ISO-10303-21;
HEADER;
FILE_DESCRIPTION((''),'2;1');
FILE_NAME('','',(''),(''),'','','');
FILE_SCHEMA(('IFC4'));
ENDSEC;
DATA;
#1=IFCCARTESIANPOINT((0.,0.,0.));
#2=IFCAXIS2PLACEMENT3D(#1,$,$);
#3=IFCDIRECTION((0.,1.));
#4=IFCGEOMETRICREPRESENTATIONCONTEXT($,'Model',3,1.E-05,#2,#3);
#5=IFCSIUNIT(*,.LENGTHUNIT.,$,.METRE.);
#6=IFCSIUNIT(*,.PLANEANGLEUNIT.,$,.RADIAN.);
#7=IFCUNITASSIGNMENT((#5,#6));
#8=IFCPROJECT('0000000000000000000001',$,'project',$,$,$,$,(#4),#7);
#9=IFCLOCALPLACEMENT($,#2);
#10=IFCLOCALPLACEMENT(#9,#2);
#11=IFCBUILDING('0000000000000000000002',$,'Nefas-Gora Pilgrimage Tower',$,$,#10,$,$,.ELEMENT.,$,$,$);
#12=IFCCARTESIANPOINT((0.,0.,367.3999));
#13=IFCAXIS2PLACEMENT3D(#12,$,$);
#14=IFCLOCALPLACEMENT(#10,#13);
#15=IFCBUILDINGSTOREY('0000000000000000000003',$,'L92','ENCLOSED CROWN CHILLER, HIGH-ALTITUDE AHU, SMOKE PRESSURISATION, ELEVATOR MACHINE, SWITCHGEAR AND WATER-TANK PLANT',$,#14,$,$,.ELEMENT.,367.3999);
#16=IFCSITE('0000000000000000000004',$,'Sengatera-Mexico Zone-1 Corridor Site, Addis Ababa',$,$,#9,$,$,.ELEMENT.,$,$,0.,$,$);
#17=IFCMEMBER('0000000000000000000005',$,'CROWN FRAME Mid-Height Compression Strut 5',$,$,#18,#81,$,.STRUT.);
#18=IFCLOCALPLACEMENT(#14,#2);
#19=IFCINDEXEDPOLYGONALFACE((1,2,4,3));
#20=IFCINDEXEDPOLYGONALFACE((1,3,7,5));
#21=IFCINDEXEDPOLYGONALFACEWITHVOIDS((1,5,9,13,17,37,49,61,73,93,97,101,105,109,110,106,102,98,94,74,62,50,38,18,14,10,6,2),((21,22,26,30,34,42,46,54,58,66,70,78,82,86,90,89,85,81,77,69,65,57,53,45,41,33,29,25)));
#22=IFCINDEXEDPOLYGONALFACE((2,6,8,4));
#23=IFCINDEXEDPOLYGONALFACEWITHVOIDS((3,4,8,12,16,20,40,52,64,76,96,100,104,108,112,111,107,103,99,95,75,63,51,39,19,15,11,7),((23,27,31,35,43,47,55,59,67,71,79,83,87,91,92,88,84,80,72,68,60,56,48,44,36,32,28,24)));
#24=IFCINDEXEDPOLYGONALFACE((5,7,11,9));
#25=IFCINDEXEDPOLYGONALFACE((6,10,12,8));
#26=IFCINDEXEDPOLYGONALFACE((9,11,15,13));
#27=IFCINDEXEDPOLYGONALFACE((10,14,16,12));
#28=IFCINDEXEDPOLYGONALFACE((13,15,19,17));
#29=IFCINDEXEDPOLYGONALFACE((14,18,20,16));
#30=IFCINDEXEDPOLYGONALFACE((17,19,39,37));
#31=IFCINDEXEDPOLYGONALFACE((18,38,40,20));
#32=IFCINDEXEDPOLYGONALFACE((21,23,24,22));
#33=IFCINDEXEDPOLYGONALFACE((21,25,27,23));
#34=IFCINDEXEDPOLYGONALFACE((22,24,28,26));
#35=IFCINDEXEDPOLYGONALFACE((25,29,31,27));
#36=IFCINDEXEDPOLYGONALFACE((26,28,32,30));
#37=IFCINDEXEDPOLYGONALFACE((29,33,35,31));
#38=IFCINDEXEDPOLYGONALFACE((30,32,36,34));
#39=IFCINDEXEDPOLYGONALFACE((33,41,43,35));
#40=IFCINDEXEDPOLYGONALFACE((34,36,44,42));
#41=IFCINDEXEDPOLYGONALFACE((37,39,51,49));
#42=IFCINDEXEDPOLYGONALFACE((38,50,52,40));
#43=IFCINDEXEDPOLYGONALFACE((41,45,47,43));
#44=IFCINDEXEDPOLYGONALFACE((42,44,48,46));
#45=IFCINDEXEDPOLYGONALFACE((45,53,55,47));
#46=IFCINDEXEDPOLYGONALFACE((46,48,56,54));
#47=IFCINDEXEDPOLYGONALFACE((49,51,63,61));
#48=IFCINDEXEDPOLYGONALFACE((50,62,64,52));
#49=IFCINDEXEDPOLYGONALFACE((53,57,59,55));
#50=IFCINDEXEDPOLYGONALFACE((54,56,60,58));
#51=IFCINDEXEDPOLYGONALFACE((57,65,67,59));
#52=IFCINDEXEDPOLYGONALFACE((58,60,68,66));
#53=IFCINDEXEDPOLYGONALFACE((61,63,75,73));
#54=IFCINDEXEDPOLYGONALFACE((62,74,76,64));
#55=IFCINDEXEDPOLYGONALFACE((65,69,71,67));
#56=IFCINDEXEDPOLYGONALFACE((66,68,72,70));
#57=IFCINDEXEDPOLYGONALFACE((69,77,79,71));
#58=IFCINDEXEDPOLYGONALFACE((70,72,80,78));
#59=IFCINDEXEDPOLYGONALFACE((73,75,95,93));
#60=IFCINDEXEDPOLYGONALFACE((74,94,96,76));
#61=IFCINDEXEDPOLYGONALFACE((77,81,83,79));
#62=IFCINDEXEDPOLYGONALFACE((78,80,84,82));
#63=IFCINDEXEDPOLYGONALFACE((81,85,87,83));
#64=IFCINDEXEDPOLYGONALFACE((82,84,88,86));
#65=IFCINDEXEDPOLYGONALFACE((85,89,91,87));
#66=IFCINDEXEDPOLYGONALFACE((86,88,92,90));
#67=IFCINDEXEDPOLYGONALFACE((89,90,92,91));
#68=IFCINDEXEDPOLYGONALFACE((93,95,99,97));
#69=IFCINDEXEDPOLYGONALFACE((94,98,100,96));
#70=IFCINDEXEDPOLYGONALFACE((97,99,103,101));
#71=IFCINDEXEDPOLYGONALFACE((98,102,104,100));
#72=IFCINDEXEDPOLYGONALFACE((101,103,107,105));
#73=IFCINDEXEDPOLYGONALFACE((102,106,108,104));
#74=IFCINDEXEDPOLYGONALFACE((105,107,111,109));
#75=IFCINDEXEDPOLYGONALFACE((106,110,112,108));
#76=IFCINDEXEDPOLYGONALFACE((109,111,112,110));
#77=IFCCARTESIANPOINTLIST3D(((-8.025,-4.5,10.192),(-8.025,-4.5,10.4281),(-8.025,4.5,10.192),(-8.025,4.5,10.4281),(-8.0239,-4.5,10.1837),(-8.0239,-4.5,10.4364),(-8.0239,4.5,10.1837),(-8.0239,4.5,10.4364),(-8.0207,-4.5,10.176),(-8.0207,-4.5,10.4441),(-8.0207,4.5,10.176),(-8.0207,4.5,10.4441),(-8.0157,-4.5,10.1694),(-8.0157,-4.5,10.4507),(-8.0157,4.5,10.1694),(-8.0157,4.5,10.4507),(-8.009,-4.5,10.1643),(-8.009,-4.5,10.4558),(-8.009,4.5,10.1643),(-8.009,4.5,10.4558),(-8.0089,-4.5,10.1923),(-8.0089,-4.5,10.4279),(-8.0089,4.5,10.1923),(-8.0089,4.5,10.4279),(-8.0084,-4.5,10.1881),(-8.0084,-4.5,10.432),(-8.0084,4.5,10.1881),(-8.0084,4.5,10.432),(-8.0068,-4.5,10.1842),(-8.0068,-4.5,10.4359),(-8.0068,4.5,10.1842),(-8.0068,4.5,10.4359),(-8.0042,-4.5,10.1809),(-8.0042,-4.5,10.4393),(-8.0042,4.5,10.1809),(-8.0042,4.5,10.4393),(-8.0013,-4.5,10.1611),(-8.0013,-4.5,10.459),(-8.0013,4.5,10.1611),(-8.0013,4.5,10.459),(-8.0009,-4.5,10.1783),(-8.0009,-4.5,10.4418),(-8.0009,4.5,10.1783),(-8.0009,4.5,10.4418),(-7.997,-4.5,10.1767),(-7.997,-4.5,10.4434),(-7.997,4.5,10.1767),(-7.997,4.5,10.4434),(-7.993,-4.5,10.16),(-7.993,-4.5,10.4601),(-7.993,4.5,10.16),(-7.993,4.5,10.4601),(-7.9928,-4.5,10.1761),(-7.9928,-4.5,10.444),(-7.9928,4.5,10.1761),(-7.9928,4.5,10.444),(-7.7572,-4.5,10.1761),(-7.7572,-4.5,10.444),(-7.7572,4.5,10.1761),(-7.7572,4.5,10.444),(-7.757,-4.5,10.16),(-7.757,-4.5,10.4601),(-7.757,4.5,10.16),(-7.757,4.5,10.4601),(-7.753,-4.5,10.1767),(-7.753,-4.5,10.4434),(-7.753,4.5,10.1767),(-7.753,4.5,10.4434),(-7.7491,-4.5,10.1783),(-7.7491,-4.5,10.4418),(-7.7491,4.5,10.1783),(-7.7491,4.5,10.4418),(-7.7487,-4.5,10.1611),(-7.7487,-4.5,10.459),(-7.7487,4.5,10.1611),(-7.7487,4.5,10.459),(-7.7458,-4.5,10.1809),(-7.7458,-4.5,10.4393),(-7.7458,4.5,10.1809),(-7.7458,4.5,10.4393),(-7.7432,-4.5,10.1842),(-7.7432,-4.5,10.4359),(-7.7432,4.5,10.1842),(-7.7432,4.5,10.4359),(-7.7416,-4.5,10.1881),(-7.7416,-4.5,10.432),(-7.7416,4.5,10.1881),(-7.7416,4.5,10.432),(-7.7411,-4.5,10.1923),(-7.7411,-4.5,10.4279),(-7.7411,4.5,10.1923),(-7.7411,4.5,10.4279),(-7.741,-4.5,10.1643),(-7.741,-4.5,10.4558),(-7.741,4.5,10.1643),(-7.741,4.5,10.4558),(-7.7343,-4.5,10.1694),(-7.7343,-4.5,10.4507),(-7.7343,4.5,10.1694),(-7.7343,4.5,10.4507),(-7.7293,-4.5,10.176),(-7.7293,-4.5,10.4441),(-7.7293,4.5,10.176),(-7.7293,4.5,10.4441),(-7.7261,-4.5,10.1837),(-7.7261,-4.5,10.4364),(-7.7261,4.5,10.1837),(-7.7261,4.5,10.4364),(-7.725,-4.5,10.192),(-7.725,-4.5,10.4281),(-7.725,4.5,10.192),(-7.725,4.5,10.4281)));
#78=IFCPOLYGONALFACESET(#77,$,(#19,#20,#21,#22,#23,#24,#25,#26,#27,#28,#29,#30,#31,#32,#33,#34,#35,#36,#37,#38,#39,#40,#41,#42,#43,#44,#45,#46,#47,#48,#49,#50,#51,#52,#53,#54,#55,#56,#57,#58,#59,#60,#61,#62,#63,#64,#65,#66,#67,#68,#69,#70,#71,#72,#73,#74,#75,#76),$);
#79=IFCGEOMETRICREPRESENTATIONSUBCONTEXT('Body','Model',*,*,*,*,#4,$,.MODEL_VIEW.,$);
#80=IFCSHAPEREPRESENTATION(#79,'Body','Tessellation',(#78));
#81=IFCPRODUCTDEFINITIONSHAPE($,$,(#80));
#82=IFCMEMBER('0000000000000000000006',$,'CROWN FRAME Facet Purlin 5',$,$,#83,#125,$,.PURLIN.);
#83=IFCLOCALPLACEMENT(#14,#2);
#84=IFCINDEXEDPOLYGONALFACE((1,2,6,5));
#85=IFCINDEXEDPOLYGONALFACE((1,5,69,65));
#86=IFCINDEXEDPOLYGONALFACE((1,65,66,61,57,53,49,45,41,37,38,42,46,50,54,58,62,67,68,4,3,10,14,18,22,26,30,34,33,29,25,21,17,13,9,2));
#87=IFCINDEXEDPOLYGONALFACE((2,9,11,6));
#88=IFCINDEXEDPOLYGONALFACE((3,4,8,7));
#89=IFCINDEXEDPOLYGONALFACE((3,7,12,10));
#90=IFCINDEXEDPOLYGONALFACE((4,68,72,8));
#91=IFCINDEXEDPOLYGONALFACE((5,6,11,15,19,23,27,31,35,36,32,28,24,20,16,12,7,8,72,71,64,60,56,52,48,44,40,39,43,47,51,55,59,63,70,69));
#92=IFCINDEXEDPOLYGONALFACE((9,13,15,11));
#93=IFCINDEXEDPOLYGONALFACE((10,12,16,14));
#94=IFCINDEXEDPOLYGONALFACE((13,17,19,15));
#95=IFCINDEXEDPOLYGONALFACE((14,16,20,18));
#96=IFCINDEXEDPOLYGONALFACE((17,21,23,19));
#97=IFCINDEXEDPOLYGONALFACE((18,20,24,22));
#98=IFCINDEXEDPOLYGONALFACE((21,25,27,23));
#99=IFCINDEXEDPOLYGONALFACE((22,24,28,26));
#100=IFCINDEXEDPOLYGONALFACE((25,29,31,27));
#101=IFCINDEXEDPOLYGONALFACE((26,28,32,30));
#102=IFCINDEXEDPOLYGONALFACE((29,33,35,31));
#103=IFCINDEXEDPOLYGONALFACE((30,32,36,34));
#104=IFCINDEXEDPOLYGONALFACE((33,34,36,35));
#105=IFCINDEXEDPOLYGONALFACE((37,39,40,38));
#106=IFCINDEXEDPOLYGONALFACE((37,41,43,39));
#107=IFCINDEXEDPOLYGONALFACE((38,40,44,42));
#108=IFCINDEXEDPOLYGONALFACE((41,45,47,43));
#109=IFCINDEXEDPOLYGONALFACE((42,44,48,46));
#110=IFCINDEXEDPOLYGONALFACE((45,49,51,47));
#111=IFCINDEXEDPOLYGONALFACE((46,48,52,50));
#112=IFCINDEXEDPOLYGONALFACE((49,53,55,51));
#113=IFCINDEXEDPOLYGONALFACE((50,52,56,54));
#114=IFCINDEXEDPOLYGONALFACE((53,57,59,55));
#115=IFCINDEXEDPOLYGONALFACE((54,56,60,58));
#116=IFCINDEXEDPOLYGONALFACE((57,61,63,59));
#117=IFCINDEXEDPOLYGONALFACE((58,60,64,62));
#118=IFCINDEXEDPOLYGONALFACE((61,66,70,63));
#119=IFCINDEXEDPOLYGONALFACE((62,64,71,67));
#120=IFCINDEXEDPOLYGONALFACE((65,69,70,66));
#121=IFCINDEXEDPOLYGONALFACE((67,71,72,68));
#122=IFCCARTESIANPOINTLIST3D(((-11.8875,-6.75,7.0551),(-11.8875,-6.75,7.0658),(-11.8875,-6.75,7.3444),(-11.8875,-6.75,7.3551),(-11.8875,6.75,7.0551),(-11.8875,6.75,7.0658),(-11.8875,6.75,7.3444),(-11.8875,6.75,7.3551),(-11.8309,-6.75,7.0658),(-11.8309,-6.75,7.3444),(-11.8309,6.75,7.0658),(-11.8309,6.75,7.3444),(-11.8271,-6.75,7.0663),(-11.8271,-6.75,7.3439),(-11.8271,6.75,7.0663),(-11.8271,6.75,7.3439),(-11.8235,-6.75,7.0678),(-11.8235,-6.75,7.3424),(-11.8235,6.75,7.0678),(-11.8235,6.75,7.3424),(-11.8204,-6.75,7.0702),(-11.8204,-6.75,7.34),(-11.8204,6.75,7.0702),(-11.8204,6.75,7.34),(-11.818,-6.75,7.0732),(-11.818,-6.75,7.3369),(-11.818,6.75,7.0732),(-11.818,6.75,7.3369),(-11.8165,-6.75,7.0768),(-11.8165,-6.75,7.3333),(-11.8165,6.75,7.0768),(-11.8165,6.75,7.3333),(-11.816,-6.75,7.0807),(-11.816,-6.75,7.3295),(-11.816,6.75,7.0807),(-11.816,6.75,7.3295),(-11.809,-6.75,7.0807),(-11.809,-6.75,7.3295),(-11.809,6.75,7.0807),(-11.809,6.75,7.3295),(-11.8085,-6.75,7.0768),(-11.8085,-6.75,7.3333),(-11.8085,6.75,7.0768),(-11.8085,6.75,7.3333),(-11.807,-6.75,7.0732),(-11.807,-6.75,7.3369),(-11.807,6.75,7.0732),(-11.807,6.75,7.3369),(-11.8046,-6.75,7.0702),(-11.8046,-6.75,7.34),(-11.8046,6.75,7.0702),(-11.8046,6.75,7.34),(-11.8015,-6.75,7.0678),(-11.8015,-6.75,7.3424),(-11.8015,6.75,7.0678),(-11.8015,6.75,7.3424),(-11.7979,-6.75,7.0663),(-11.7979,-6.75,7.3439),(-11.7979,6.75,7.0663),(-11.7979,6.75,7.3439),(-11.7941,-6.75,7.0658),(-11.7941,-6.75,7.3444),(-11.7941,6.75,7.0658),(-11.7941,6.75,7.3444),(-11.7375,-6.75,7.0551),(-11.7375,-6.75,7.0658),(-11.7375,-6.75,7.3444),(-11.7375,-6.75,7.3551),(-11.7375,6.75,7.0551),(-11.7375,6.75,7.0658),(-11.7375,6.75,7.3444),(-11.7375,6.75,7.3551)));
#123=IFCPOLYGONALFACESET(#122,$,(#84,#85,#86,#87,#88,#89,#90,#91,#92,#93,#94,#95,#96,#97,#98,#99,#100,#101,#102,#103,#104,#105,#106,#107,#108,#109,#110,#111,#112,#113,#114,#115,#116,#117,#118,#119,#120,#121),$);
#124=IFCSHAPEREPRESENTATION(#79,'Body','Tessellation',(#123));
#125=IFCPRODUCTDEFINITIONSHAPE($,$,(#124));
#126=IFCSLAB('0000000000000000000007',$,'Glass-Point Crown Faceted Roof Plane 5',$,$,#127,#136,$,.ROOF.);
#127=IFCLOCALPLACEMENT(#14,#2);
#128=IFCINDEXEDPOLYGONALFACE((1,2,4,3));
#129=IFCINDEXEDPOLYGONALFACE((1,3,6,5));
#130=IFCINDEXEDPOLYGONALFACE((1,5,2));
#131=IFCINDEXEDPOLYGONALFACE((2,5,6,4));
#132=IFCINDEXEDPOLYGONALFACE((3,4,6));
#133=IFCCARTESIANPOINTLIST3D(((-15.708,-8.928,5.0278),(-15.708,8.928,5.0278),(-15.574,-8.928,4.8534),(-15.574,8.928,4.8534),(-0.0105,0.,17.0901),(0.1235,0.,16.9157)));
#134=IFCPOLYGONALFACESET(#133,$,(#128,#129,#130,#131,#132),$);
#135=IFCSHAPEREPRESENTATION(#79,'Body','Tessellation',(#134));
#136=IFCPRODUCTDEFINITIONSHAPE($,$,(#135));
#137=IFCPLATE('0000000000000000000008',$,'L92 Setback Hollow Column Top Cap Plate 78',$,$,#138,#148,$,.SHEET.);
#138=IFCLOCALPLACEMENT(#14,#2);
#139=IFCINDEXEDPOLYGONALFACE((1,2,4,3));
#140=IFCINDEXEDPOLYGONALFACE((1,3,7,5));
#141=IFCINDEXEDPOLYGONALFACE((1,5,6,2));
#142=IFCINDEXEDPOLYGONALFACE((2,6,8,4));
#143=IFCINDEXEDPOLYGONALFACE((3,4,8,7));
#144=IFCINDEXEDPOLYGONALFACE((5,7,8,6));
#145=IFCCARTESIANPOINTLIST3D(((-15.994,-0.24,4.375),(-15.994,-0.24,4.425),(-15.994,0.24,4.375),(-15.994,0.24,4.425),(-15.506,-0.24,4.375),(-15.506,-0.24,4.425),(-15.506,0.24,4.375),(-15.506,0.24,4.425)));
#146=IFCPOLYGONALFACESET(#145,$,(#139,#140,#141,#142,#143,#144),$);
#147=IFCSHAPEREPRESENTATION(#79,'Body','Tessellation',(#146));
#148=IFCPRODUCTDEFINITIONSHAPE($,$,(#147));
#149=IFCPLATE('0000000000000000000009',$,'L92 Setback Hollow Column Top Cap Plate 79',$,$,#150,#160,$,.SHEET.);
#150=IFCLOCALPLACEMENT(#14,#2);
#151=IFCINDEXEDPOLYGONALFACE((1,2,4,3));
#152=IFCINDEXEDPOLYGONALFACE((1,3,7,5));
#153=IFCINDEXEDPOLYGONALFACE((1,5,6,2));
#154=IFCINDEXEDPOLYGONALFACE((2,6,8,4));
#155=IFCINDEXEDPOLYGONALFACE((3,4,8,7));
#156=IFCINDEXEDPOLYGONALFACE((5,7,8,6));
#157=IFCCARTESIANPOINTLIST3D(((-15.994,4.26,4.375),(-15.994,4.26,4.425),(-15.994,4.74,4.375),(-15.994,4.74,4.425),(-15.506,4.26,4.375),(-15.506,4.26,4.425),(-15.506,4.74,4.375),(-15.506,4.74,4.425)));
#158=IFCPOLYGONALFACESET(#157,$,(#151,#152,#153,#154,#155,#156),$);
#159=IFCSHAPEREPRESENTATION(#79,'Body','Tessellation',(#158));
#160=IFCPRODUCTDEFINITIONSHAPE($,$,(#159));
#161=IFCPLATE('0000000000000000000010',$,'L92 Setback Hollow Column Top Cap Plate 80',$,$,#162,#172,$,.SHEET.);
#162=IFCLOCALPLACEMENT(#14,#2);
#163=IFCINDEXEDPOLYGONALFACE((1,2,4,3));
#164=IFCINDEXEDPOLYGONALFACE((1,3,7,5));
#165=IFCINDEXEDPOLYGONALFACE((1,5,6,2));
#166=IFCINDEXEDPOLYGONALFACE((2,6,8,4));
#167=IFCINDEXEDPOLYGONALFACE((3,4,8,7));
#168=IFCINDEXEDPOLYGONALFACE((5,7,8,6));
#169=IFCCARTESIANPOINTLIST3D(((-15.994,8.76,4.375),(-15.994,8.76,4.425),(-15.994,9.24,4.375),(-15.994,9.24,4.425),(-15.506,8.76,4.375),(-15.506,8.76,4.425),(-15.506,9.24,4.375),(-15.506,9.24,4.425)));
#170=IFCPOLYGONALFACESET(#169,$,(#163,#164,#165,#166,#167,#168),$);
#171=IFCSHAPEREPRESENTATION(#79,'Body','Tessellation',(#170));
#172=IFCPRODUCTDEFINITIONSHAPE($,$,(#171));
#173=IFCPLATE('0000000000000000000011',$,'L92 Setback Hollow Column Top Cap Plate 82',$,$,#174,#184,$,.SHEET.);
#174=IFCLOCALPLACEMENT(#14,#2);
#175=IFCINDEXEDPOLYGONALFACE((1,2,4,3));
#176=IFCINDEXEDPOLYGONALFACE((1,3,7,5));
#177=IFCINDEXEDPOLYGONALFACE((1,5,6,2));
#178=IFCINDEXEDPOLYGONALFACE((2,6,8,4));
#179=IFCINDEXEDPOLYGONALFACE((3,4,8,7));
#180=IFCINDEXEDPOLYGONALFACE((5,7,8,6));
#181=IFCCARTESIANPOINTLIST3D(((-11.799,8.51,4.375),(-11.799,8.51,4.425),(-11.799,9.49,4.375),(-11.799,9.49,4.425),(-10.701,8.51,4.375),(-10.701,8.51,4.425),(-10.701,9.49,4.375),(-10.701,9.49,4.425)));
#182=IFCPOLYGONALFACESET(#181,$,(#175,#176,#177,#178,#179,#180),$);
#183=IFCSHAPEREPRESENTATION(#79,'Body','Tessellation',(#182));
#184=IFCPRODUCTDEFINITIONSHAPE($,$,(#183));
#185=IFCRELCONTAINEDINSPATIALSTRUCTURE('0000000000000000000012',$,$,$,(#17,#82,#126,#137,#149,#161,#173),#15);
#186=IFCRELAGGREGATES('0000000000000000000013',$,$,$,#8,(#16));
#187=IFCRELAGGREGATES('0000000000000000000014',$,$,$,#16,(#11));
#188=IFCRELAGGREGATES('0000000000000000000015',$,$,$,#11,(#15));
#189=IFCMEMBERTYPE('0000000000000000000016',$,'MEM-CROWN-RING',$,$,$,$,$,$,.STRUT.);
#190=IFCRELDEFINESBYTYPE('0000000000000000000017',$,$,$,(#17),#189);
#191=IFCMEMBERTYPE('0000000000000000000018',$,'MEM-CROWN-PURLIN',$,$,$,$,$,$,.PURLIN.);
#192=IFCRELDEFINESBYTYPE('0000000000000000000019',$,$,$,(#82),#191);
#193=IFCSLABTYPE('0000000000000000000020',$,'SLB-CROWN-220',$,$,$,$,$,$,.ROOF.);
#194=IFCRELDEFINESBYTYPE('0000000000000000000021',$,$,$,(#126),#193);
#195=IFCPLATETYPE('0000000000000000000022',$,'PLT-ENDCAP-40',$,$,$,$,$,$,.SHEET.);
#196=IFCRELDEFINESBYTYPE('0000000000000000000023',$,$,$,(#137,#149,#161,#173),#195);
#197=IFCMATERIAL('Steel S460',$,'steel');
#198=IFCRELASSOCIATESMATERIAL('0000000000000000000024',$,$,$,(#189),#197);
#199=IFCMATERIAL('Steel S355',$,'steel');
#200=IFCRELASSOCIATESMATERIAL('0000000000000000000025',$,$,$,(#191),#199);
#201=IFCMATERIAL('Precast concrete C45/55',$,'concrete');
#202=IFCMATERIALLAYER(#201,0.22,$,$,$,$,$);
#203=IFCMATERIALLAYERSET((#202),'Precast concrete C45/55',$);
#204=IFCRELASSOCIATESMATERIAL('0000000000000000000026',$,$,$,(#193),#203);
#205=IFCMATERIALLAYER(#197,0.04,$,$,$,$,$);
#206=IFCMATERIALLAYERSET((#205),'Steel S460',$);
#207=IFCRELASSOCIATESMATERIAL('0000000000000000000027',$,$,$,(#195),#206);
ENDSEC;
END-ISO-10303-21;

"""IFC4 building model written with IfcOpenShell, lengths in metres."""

from ifc_helpers import new_model, si_unit, direction, frame, origin, origin_2d, place, context, subcontext, project, spatial, polyline, rectangle, hollow_rectangle, i_section, outline, extrude, source, transform, mapped, material, layer, layer_set, material_profile, profile_set, type_object, element, save


model = new_model("IFC4")

# Units and contexts
model_context = context("Model", 3, precision=1e-05, world=origin(), true_north=direction((0.0, 1.0)))
body_context = subcontext(model_context, "Body", "Model", "MODEL_VIEW")
ifc_project = project(units=[si_unit("LENGTHUNIT", "METRE"), si_unit("PLANEANGLEUNIT", "RADIAN")], contexts=[model_context])

# Site, building, storey
site_placement = place(None, origin())
site = spatial("IfcSite", under=ifc_project, at=site_placement, Name="Sengatera-Mexico Zone-1 Corridor Site, Addis Ababa", CompositionType="ELEMENT", RefElevation=0.0)
building_placement = place(site_placement, origin())
building = spatial("IfcBuilding", under=site, at=building_placement, Name="Nefas-Gora Pilgrimage Tower", CompositionType="ELEMENT")
storey_placement = place(building_placement, frame((0.0, 0.0, 367.3999)))
storey = spatial("IfcBuildingStorey", under=building, at=storey_placement, Name="L92", Description="ENCLOSED CROWN CHILLER, HIGH-ALTITUDE AHU, SMOKE PRESSURISATION, ELEVATOR MACHINE, SWITCHGEAR AND WATER-TANK PLANT", CompositionType="ELEMENT", Elevation=367.3999)

# Shared definitions
ifc_material_1 = material(Name="Steel S355", Category="steel")

# Members
ifc_material_2 = material(Name="Steel S460", Category="steel")
ifc_material_profile_1 = material_profile(ifc_material_2, hollow_rectangle(XDim=0.3, YDim=0.3, WallThickness=0.0161, InnerFilletRadius=0.0161, OuterFilletRadius=0.032, at=origin_2d()), Name="SHS 300x300x16")
ifc_profile_set_1 = profile_set([ifc_material_profile_1], Name="Steel S460")
member_type_1 = type_object("IfcMemberType", Name="MEM-CROWN-RING", PredefinedType="STRUT", material=ifc_profile_set_1)
shared_shape_1 = source(origin(), body_context, "Body", "SweptSolid", [
    extrude(hollow_rectangle(XDim=0.3, YDim=0.3, WallThickness=0.0161, InnerFilletRadius=0.0161, OuterFilletRadius=0.032, at=origin_2d()), origin(), (0.0, 0.0, 1.0), 9.0),
])
member_1_placement = place(storey_placement, frame((-7.875, 4.5, 10.3101), z_axis=(0.0, -1.0, 0.0), x_axis=(1.0, 0.0, 0.0)))
element("IfcMember", 1, at=member_1_placement, inside=storey, type_object=member_type_1, Name="CROWN FRAME Mid-Height Compression Strut 5", PredefinedType="STRUT", context=body_context, shape_type="MappedRepresentation", body=[
    mapped(shared_shape_1, transform((0.0, 0.0, 0.0), x_axis=(1.0, 0.0, 0.0), y_axis=(0.0, 1.0, 0.0), z_axis=(0.0, 0.0, 1.0), scale=1.0)),
])
ifc_material_profile_2 = material_profile(ifc_material_1, i_section(OverallWidth=0.1499, OverallDepth=0.3, WebThickness=0.0071, FlangeThickness=0.0107, FilletRadius=0.0149, at=origin_2d()), Name="IPE 300")
ifc_profile_set_2 = profile_set([ifc_material_profile_2], Name="Steel S355")
member_type_2 = type_object("IfcMemberType", Name="MEM-CROWN-PURLIN", PredefinedType="PURLIN", material=ifc_profile_set_2)
shared_shape_2 = source(origin(), body_context, "Body", "SweptSolid", [
    extrude(i_section(OverallWidth=0.1499, OverallDepth=0.3, WebThickness=0.0071, FlangeThickness=0.0107, FilletRadius=0.0149, at=origin_2d()), origin(), (0.0, 0.0, 1.0), 13.5),
])
member_2_placement = place(storey_placement, frame((-11.8125, 6.75, 7.2051), z_axis=(0.0, -1.0, 0.0), x_axis=(1.0, 0.0, 0.0)))
element("IfcMember", 2, at=member_2_placement, inside=storey, type_object=member_type_2, Name="CROWN FRAME Facet Purlin 5", PredefinedType="PURLIN", context=body_context, shape_type="MappedRepresentation", body=[
    mapped(shared_shape_2, transform((0.0, 0.0, 0.0), x_axis=(1.0, 0.0, 0.0), y_axis=(0.0, 1.0, 0.0), z_axis=(0.0, 0.0, 1.0), scale=1.0)),
])

# Slab
ifc_material_3 = material(Name="Precast concrete C45/55", Category="concrete")
ifc_layer_1 = layer(ifc_material_3, 0.22)
ifc_layer_set_1 = layer_set([ifc_layer_1], Name="Precast concrete C45/55")
slab_type = type_object("IfcSlabType", Name="SLB-CROWN-220", PredefinedType="ROOF", material=ifc_layer_set_1)
slab_placement = place(storey_placement, frame((-15.708, 8.928, 5.0278), z_axis=(-0.609306, 0.0, 0.792935), x_axis=(0.0, -1.0, 0.0)))
element("IfcSlab", 3, at=slab_placement, inside=storey, type_object=slab_type, Name="Glass-Point Crown Faceted Roof Plane 5", PredefinedType="ROOF", context=body_context, shape_type="SweptSolid", body=[
    extrude(outline(polyline([(0.0, 0.0), (17.856, 0.0), (8.928, 19.7967), (0.0, 0.0)])), origin(), (0.0, 0.0, -1.0), 0.22),
])

# Plates
ifc_layer_2 = layer(ifc_material_2, 0.04)
ifc_layer_set_2 = layer_set([ifc_layer_2], Name="Steel S460")
plate_type_1 = type_object("IfcPlateType", Name="PLT-ENDCAP-40", PredefinedType="SHEET", material=ifc_layer_set_2)
shared_shape_3 = source(origin(), body_context, "Body", "SweptSolid", [
    extrude(rectangle(XDim=0.488, YDim=0.48, at=origin_2d()), origin(), (0.0, 0.0, 1.0), 0.05),
])
for number, where, z_axis, x_axis, name in (
    (4, (-15.75, 0.0, 4.375), (0.0, 0.0, 1.0), (1.0, 0.0, 0.0), "L92 Setback Hollow Column Top Cap Plate 78"),
    (5, (-15.75, 4.5, 4.375), (0.0, 0.0, 1.0), (1.0, 0.0, 0.0), "L92 Setback Hollow Column Top Cap Plate 79"),
    (6, (-15.75, 9.0, 4.375), (0.0, 0.0, 1.0), (1.0, 0.0, 0.0), "L92 Setback Hollow Column Top Cap Plate 80"),
):
    element("IfcPlate", number, at=place(storey_placement, frame(where, z_axis=z_axis, x_axis=x_axis)), inside=storey, type_object=plate_type_1, Name=name, PredefinedType="SHEET", context=body_context, shape_type="MappedRepresentation", body=[
        mapped(shared_shape_3, transform((0.0, 0.0, 0.0), x_axis=(1.0, 0.0, 0.0), y_axis=(0.0, 1.0, 0.0), z_axis=(0.0, 0.0, 1.0), scale=1.0)),
    ])
shared_shape_4 = source(origin(), body_context, "Body", "SweptSolid", [
    extrude(rectangle(XDim=1.0979, YDim=0.98, at=origin_2d()), origin(), (0.0, 0.0, 1.0), 0.05),
])
plate_1_placement = place(storey_placement, frame((-11.25, 9.0, 4.375), z_axis=(0.0, 0.0, 1.0), x_axis=(1.0, 0.0, 0.0)))
element("IfcPlate", 7, at=plate_1_placement, inside=storey, type_object=plate_type_1, Name="L92 Setback Hollow Column Top Cap Plate 82", PredefinedType="SHEET", context=body_context, shape_type="MappedRepresentation", body=[
    mapped(shared_shape_4, transform((0.0, 0.0, 0.0), x_axis=(1.0, 0.0, 0.0), y_axis=(0.0, 1.0, 0.0), z_axis=(0.0, 0.0, 1.0), scale=1.0)),
])

save(model, "model.ifc")
